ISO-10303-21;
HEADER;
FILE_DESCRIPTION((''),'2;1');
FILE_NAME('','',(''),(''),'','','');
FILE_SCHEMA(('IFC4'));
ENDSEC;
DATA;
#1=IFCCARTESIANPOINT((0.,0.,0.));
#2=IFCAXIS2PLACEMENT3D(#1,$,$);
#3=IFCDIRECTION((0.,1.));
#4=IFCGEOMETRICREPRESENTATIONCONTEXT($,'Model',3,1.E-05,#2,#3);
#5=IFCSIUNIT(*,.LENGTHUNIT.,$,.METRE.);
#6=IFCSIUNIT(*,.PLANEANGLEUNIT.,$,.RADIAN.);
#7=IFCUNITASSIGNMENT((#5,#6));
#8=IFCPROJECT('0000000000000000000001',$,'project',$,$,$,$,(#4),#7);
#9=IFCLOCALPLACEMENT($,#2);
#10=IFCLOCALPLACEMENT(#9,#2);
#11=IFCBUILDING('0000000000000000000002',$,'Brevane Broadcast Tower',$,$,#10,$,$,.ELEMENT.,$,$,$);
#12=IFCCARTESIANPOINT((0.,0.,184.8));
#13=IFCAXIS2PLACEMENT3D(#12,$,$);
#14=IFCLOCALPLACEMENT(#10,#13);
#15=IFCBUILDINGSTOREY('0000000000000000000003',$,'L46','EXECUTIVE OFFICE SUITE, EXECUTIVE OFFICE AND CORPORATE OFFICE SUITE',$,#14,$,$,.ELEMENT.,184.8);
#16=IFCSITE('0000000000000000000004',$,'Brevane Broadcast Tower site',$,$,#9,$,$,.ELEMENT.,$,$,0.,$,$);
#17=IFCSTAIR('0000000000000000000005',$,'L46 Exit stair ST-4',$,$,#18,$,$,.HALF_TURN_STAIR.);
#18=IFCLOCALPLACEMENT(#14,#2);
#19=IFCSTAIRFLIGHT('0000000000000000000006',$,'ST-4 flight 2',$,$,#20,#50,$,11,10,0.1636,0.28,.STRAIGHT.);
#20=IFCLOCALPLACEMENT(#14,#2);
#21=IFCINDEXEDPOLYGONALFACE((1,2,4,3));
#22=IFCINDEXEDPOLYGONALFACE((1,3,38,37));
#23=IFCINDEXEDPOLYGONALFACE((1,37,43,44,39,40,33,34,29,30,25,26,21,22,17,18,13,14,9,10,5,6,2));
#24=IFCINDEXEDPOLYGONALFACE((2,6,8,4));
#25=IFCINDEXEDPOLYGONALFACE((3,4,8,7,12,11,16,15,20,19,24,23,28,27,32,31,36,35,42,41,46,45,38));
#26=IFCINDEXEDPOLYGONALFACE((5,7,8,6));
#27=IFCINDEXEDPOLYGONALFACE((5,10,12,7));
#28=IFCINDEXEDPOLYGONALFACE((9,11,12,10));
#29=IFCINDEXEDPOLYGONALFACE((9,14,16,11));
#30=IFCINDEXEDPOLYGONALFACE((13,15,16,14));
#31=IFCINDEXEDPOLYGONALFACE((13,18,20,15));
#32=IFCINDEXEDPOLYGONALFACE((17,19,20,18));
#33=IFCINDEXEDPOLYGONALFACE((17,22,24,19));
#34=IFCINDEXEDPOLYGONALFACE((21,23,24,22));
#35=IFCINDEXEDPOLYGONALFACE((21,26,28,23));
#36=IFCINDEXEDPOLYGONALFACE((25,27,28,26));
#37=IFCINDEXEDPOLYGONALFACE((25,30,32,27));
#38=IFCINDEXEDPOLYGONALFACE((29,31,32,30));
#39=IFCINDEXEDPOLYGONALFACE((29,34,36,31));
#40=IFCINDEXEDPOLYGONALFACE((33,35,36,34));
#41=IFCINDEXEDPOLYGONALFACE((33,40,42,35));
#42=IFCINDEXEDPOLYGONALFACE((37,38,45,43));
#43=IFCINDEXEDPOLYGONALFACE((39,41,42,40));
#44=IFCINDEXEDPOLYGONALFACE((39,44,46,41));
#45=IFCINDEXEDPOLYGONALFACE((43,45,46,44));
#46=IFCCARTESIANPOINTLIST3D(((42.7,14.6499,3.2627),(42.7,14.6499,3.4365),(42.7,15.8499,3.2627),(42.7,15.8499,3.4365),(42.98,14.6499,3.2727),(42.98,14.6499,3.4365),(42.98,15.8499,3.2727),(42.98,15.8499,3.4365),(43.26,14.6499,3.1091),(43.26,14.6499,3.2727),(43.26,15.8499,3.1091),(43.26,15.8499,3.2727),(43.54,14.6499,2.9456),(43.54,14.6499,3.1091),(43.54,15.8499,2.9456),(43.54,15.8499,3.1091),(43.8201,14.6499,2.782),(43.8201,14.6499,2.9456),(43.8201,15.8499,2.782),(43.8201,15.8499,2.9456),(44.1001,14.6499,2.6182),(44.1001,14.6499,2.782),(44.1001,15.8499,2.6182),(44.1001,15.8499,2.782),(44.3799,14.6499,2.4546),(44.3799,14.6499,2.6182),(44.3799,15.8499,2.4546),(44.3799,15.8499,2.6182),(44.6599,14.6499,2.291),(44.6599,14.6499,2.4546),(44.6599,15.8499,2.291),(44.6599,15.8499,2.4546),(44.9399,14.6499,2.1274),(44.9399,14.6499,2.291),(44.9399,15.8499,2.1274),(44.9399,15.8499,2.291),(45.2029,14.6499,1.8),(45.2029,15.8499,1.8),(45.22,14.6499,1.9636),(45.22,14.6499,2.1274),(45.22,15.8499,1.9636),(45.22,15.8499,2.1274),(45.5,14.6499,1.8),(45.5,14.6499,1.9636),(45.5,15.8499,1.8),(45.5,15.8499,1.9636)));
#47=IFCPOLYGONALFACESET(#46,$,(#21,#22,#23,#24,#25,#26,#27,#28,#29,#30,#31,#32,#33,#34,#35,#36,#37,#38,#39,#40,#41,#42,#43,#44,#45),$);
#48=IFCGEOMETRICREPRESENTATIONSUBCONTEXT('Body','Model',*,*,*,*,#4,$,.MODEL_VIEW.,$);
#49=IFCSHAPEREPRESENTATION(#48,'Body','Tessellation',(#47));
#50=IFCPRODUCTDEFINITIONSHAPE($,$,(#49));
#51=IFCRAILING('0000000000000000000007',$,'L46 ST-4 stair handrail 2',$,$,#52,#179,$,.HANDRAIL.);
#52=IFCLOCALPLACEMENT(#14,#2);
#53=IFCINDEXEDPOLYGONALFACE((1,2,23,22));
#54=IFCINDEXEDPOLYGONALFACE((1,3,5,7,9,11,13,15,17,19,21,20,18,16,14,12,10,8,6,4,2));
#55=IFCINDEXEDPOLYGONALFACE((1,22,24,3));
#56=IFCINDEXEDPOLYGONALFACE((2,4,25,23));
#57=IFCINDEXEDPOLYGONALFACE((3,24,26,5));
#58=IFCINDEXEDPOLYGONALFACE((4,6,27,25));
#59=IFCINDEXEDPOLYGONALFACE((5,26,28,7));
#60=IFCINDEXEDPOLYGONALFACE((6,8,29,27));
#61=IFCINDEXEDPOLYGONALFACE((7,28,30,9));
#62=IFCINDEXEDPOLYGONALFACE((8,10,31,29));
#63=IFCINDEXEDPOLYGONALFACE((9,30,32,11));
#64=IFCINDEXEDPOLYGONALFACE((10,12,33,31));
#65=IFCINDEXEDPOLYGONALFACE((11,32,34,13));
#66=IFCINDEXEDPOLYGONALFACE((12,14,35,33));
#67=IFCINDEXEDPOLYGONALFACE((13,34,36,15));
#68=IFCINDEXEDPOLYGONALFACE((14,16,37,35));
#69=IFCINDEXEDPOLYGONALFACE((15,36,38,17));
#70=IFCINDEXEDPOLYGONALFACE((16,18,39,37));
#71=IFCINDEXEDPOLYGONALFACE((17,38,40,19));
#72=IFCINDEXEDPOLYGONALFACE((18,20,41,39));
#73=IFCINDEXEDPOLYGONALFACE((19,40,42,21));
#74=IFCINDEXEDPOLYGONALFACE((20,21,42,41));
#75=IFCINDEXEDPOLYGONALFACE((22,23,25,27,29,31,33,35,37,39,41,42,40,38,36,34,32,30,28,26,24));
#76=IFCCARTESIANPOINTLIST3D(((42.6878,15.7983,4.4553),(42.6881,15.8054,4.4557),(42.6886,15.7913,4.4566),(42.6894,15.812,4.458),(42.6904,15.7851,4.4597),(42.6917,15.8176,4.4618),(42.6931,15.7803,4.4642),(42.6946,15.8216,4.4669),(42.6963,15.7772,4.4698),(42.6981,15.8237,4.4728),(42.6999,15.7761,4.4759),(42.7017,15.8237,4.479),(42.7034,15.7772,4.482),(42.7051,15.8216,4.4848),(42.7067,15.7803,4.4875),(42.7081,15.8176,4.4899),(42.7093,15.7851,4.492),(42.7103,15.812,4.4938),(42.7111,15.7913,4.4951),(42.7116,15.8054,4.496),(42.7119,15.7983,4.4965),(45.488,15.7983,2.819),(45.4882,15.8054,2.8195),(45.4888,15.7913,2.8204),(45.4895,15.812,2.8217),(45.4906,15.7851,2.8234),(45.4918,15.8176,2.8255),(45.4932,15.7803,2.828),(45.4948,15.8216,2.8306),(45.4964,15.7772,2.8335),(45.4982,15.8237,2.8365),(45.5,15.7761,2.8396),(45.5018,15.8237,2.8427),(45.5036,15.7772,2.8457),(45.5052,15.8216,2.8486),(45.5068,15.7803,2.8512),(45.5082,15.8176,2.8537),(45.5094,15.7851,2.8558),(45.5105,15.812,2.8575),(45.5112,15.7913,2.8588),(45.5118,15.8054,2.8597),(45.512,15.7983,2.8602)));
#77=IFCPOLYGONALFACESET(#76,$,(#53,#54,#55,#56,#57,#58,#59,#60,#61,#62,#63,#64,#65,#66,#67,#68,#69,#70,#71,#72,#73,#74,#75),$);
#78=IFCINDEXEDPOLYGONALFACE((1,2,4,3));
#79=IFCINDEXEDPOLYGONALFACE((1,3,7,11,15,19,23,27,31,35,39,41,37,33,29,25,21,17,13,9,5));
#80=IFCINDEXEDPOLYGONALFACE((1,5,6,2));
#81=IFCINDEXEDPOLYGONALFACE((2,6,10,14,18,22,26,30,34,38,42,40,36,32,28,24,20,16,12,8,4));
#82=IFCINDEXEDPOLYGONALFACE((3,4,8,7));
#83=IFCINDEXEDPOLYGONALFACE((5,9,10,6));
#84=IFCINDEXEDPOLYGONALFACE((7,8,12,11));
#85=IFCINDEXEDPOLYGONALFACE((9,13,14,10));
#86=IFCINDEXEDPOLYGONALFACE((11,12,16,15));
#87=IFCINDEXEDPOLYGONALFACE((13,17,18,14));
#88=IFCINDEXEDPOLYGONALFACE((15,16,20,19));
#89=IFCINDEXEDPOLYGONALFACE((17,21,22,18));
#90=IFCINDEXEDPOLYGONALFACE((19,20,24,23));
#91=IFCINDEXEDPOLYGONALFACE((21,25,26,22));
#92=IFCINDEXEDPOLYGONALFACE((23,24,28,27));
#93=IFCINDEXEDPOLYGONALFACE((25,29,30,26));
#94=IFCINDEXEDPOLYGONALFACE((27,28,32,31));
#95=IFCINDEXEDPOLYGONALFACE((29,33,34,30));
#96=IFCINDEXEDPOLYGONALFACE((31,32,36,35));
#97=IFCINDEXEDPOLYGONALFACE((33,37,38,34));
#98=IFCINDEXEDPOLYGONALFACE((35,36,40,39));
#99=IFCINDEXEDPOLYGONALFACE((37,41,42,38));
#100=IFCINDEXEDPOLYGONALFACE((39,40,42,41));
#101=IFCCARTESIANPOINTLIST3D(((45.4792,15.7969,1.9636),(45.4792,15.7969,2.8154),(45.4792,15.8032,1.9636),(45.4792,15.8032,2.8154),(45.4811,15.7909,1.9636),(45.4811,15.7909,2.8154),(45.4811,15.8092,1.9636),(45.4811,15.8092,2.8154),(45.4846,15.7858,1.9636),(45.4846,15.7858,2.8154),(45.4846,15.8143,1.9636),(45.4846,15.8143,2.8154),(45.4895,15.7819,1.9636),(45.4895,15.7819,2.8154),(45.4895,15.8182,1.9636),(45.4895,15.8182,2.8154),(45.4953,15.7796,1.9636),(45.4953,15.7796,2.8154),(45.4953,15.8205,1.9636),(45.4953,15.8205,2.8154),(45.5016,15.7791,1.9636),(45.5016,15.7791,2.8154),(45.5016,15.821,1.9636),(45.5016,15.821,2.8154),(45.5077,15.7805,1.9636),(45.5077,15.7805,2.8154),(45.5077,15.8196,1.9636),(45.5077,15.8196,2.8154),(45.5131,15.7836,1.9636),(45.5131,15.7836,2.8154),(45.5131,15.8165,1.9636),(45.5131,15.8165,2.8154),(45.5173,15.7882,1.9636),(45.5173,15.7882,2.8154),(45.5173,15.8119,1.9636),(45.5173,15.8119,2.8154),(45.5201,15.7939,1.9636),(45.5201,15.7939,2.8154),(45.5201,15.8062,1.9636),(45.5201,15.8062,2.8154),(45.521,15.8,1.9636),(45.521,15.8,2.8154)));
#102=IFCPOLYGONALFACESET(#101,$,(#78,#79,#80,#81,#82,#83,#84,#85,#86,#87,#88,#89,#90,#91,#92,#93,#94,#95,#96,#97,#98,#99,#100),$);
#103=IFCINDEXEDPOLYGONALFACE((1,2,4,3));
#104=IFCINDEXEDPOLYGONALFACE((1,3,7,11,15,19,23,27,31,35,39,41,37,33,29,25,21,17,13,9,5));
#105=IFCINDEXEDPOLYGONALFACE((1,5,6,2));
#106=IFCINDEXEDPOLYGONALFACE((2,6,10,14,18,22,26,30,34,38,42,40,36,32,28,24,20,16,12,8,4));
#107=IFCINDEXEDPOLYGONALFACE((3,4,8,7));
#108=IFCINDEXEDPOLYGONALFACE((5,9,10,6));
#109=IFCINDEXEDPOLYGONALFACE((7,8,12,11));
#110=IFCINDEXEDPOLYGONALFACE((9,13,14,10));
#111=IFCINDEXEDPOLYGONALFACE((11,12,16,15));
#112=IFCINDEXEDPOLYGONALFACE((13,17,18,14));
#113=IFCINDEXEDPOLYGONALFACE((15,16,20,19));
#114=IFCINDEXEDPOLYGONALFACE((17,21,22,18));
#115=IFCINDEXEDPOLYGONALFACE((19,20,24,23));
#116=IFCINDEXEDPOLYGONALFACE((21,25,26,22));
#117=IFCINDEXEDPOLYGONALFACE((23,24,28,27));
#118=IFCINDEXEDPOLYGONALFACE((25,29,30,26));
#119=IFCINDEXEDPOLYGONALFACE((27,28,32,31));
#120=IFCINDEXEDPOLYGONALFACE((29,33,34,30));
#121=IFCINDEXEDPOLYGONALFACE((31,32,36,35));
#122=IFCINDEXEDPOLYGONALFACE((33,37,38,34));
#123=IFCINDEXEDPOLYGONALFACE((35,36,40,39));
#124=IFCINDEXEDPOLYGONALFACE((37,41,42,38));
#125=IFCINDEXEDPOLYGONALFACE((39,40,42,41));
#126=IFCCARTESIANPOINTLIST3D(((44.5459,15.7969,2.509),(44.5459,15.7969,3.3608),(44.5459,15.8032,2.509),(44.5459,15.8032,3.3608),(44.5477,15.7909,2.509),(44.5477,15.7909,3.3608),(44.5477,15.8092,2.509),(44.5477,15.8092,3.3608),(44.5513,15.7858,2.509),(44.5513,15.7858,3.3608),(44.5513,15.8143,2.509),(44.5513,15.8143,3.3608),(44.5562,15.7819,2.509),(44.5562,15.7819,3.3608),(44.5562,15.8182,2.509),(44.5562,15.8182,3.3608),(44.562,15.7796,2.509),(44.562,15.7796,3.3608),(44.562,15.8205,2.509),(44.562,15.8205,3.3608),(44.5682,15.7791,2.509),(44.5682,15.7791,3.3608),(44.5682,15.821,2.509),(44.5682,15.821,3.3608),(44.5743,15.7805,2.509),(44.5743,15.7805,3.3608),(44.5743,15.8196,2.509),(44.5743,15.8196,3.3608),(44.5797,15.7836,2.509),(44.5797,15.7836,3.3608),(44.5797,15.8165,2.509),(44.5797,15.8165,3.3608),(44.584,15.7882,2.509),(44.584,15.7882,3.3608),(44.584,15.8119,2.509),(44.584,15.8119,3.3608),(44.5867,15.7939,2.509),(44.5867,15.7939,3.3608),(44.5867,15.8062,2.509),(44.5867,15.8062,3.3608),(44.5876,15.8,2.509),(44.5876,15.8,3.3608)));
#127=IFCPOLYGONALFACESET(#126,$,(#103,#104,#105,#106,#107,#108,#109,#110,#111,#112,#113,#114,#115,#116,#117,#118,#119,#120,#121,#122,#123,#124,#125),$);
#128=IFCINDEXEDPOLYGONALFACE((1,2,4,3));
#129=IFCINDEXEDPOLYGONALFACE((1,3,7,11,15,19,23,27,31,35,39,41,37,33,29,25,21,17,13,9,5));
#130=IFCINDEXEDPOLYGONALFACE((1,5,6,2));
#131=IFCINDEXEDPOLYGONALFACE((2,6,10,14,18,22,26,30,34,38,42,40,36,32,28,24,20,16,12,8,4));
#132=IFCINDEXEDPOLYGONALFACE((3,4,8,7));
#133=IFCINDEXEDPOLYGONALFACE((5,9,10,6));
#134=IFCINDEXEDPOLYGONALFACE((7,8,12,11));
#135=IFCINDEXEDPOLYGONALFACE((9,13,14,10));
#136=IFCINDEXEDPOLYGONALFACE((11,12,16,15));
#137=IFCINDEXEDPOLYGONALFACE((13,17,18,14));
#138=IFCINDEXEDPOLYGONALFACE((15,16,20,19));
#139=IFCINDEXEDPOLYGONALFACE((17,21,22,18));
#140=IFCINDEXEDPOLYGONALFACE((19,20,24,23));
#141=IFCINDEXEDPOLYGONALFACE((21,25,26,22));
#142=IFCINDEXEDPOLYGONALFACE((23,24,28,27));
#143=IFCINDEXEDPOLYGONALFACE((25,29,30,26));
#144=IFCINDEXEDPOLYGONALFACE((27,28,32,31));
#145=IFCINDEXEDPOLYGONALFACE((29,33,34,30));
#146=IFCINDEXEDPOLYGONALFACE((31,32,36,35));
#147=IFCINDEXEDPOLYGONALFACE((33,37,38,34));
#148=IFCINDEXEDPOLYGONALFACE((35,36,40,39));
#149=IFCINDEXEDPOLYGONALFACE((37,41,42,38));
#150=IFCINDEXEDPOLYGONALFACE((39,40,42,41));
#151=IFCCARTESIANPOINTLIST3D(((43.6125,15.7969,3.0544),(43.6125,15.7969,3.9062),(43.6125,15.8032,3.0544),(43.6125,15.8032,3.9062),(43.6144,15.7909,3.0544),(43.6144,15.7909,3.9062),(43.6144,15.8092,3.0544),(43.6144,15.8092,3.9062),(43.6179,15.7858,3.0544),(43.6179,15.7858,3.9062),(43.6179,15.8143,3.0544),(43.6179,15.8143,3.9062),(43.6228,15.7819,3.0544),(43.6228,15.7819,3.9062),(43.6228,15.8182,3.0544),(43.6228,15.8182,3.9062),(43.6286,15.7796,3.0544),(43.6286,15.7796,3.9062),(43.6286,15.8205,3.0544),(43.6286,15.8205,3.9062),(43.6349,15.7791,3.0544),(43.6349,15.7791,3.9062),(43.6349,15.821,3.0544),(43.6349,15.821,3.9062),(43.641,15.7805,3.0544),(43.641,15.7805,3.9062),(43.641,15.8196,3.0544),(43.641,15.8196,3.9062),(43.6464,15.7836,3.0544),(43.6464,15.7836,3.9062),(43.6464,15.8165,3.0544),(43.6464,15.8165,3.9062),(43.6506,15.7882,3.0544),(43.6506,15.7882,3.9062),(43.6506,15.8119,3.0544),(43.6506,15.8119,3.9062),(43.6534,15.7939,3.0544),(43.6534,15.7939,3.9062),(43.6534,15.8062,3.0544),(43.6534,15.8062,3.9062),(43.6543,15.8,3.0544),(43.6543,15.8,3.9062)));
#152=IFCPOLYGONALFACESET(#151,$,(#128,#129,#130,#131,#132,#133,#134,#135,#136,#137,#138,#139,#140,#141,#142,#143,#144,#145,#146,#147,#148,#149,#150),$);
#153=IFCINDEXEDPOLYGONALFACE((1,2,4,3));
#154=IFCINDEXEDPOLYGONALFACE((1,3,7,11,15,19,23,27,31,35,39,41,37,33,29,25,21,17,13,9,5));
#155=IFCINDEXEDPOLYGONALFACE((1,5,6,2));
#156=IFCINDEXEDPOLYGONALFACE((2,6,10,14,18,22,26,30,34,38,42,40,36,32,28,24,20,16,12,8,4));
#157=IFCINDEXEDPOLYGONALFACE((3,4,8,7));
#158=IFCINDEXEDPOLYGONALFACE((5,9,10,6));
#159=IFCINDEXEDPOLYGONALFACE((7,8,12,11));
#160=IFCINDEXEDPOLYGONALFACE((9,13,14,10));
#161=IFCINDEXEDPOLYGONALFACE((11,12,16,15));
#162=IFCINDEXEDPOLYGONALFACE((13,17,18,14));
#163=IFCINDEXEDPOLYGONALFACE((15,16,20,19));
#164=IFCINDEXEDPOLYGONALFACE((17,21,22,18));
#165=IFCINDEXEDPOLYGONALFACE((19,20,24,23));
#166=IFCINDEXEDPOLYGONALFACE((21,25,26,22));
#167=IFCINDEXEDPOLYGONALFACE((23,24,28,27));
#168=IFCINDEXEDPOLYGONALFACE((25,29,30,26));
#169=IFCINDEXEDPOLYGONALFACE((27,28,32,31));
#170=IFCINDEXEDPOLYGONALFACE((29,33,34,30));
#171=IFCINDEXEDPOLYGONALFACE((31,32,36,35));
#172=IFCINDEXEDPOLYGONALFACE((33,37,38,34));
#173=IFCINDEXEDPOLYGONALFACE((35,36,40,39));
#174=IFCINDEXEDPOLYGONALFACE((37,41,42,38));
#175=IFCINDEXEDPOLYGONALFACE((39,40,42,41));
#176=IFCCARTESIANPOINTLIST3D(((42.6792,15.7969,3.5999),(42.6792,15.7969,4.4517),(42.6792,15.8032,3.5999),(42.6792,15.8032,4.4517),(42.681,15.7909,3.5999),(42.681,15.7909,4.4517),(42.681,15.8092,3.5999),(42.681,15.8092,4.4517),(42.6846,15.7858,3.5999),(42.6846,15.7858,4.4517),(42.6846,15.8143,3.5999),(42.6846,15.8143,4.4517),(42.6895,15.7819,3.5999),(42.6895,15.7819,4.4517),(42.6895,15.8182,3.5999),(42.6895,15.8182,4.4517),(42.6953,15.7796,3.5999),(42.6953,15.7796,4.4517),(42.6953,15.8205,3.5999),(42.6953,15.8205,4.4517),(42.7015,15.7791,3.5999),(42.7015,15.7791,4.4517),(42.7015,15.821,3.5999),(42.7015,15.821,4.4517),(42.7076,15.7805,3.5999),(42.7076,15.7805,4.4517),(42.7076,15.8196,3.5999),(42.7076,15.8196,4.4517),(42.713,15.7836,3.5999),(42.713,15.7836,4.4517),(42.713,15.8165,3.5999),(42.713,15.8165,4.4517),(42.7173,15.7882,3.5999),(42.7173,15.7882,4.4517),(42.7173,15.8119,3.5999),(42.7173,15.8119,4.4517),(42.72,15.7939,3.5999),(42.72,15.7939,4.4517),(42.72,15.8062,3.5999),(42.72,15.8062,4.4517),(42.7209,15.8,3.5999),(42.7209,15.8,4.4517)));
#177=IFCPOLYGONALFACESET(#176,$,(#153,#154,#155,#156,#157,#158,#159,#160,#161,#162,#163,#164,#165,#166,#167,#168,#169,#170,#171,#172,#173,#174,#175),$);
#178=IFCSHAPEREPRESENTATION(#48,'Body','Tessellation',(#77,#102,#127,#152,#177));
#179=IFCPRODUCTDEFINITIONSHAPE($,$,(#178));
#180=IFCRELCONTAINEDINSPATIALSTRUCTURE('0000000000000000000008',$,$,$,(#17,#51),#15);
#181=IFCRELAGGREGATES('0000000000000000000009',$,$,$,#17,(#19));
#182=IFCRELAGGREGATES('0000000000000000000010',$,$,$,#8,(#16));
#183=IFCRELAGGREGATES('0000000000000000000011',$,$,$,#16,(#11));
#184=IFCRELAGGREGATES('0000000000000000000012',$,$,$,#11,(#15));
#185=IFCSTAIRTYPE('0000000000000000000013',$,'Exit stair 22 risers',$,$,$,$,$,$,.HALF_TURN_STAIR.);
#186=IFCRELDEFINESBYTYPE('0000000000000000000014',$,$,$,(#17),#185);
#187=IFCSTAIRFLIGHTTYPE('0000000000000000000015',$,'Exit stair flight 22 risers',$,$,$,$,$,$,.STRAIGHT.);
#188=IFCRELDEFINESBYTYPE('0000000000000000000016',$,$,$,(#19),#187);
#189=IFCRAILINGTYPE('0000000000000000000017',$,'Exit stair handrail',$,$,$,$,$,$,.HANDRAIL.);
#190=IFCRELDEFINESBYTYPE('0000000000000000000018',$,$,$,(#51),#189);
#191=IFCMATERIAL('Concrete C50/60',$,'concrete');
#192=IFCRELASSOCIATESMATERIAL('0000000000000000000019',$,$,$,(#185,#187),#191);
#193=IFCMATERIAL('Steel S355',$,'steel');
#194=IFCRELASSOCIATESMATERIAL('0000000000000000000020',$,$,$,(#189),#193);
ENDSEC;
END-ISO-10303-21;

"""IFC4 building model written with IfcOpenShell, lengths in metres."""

from ifc_helpers import new_model, si_unit, direction, frame, origin, origin_2d, place, context, subcontext, project, spatial, polyline, circle, outline, extrude, material, type_object, element, aggregate, save


model = new_model("IFC4")

# Units and contexts
model_context = context("Model", 3, precision=1e-05, world=origin(), true_north=direction((0.0, 1.0)))
body_context = subcontext(model_context, "Body", "Model", "MODEL_VIEW")
ifc_project = project(units=[si_unit("LENGTHUNIT", "METRE"), si_unit("PLANEANGLEUNIT", "RADIAN")], contexts=[model_context])

# Site, building, storey
site_placement = place(None, origin())
site = spatial("IfcSite", under=ifc_project, at=site_placement, Name="Brevane Broadcast Tower site", CompositionType="ELEMENT", RefElevation=0.0)
building_placement = place(site_placement, origin())
building = spatial("IfcBuilding", under=site, at=building_placement, Name="Brevane Broadcast Tower", CompositionType="ELEMENT")
storey_placement = place(building_placement, frame((0.0, 0.0, 184.8)))
storey = spatial("IfcBuildingStorey", under=building, at=storey_placement, Name="L46", Description="EXECUTIVE OFFICE SUITE, EXECUTIVE OFFICE AND CORPORATE OFFICE SUITE", CompositionType="ELEMENT", Elevation=184.8)

# Stair, stair flight
ifc_material_1 = material(Name="Concrete C50/60", Category="concrete")
stair_type = type_object("IfcStairType", Name="Exit stair 22 risers", PredefinedType="HALF_TURN_STAIR", material=ifc_material_1)
stair_placement = place(storey_placement, origin())
stair = element("IfcStair", 1, at=stair_placement, inside=storey, type_object=stair_type, Name="L46 Exit stair ST-4", PredefinedType="HALF_TURN_STAIR")
stair_flight_type = type_object("IfcStairFlightType", Name="Exit stair flight 22 risers", PredefinedType="STRAIGHT", material=ifc_material_1)
stair_flight_placement = place(storey_placement, frame((45.5, 15.25, 1.8), z_axis=(0.0, 0.0, 1.0), x_axis=(-1.0, 0.0, 0.0)))
stair_flight = element("IfcStairFlight", 2, at=stair_flight_placement, type_object=stair_flight_type, Name="ST-4 flight 2", NumberOfRisers=11, NumberOfTreads=10, PredefinedType="STRAIGHT", RiserHeight=0.1636, TreadLength=0.28, context=body_context, shape_type="SweptSolid", body=[
    extrude(outline(polyline([(0.0, 0.0), (0.0, 0.1636), (0.28, 0.1636), (0.28, 0.3274), (0.5601, 0.3274), (0.5601, 0.491), (0.8401, 0.491), (0.8401, 0.6545), (1.1201, 0.6545), (1.1201, 0.8181), (1.3999, 0.8181), (1.3999, 0.9819), (1.6799, 0.9819), (1.6799, 1.1455), (1.96, 1.1455), (1.96, 1.3091), (2.24, 1.3091), (2.24, 1.4727), (2.52, 1.4727), (2.52, 1.6365), (2.8, 1.6365), (2.8, 1.8), (2.8, 1.4626), (0.2971, 0.0), (0.0, 0.0)])), frame((0.0, 0.6001, 0.0), z_axis=(0.0, -1.0, 0.0), x_axis=(1.0, 0.0, 0.0)), (0.0, 0.0, 1.0), 1.2),
])
aggregate(stair, [stair_flight])

# Railing
ifc_material_2 = material(Name="Steel S355", Category="steel")
railing_type_1 = type_object("IfcRailingType", Name="Exit stair handrail", PredefinedType="HANDRAIL", material=ifc_material_2)
railing_1_placement = place(storey_placement, frame((45.5, 15.8, 1.9636)))
element("IfcRailing", 3, at=railing_1_placement, inside=storey, type_object=railing_type_1, Name="L46 ST-4 stair handrail 2", PredefinedType="HANDRAIL", context=body_context, shape_type="SweptSolid", body=[
    extrude(circle(Radius=0.0239, at=origin_2d()), frame((0.0, 0.0, 0.876), z_axis=(-0.863394, 0.0, 0.504531), x_axis=(0.0, -1.0, 0.0)), (0.0, 0.0, 1.0), 3.2432),
    extrude(circle(Radius=0.021, at=origin_2d()), origin(), (0.0, 0.0, 1.0), 0.8518),
    extrude(circle(Radius=0.021, at=origin_2d()), frame((-0.9333, 0.0, 0.5454)), (0.0, 0.0, 1.0), 0.8518),
    extrude(circle(Radius=0.021, at=origin_2d()), frame((-1.8667, 0.0, 1.0908)), (0.0, 0.0, 1.0), 0.8518),
    extrude(circle(Radius=0.021, at=origin_2d()), frame((-2.8, 0.0, 1.6362)), (0.0, 0.0, 1.0), 0.8518),
])

save(model, "model.ifc")
